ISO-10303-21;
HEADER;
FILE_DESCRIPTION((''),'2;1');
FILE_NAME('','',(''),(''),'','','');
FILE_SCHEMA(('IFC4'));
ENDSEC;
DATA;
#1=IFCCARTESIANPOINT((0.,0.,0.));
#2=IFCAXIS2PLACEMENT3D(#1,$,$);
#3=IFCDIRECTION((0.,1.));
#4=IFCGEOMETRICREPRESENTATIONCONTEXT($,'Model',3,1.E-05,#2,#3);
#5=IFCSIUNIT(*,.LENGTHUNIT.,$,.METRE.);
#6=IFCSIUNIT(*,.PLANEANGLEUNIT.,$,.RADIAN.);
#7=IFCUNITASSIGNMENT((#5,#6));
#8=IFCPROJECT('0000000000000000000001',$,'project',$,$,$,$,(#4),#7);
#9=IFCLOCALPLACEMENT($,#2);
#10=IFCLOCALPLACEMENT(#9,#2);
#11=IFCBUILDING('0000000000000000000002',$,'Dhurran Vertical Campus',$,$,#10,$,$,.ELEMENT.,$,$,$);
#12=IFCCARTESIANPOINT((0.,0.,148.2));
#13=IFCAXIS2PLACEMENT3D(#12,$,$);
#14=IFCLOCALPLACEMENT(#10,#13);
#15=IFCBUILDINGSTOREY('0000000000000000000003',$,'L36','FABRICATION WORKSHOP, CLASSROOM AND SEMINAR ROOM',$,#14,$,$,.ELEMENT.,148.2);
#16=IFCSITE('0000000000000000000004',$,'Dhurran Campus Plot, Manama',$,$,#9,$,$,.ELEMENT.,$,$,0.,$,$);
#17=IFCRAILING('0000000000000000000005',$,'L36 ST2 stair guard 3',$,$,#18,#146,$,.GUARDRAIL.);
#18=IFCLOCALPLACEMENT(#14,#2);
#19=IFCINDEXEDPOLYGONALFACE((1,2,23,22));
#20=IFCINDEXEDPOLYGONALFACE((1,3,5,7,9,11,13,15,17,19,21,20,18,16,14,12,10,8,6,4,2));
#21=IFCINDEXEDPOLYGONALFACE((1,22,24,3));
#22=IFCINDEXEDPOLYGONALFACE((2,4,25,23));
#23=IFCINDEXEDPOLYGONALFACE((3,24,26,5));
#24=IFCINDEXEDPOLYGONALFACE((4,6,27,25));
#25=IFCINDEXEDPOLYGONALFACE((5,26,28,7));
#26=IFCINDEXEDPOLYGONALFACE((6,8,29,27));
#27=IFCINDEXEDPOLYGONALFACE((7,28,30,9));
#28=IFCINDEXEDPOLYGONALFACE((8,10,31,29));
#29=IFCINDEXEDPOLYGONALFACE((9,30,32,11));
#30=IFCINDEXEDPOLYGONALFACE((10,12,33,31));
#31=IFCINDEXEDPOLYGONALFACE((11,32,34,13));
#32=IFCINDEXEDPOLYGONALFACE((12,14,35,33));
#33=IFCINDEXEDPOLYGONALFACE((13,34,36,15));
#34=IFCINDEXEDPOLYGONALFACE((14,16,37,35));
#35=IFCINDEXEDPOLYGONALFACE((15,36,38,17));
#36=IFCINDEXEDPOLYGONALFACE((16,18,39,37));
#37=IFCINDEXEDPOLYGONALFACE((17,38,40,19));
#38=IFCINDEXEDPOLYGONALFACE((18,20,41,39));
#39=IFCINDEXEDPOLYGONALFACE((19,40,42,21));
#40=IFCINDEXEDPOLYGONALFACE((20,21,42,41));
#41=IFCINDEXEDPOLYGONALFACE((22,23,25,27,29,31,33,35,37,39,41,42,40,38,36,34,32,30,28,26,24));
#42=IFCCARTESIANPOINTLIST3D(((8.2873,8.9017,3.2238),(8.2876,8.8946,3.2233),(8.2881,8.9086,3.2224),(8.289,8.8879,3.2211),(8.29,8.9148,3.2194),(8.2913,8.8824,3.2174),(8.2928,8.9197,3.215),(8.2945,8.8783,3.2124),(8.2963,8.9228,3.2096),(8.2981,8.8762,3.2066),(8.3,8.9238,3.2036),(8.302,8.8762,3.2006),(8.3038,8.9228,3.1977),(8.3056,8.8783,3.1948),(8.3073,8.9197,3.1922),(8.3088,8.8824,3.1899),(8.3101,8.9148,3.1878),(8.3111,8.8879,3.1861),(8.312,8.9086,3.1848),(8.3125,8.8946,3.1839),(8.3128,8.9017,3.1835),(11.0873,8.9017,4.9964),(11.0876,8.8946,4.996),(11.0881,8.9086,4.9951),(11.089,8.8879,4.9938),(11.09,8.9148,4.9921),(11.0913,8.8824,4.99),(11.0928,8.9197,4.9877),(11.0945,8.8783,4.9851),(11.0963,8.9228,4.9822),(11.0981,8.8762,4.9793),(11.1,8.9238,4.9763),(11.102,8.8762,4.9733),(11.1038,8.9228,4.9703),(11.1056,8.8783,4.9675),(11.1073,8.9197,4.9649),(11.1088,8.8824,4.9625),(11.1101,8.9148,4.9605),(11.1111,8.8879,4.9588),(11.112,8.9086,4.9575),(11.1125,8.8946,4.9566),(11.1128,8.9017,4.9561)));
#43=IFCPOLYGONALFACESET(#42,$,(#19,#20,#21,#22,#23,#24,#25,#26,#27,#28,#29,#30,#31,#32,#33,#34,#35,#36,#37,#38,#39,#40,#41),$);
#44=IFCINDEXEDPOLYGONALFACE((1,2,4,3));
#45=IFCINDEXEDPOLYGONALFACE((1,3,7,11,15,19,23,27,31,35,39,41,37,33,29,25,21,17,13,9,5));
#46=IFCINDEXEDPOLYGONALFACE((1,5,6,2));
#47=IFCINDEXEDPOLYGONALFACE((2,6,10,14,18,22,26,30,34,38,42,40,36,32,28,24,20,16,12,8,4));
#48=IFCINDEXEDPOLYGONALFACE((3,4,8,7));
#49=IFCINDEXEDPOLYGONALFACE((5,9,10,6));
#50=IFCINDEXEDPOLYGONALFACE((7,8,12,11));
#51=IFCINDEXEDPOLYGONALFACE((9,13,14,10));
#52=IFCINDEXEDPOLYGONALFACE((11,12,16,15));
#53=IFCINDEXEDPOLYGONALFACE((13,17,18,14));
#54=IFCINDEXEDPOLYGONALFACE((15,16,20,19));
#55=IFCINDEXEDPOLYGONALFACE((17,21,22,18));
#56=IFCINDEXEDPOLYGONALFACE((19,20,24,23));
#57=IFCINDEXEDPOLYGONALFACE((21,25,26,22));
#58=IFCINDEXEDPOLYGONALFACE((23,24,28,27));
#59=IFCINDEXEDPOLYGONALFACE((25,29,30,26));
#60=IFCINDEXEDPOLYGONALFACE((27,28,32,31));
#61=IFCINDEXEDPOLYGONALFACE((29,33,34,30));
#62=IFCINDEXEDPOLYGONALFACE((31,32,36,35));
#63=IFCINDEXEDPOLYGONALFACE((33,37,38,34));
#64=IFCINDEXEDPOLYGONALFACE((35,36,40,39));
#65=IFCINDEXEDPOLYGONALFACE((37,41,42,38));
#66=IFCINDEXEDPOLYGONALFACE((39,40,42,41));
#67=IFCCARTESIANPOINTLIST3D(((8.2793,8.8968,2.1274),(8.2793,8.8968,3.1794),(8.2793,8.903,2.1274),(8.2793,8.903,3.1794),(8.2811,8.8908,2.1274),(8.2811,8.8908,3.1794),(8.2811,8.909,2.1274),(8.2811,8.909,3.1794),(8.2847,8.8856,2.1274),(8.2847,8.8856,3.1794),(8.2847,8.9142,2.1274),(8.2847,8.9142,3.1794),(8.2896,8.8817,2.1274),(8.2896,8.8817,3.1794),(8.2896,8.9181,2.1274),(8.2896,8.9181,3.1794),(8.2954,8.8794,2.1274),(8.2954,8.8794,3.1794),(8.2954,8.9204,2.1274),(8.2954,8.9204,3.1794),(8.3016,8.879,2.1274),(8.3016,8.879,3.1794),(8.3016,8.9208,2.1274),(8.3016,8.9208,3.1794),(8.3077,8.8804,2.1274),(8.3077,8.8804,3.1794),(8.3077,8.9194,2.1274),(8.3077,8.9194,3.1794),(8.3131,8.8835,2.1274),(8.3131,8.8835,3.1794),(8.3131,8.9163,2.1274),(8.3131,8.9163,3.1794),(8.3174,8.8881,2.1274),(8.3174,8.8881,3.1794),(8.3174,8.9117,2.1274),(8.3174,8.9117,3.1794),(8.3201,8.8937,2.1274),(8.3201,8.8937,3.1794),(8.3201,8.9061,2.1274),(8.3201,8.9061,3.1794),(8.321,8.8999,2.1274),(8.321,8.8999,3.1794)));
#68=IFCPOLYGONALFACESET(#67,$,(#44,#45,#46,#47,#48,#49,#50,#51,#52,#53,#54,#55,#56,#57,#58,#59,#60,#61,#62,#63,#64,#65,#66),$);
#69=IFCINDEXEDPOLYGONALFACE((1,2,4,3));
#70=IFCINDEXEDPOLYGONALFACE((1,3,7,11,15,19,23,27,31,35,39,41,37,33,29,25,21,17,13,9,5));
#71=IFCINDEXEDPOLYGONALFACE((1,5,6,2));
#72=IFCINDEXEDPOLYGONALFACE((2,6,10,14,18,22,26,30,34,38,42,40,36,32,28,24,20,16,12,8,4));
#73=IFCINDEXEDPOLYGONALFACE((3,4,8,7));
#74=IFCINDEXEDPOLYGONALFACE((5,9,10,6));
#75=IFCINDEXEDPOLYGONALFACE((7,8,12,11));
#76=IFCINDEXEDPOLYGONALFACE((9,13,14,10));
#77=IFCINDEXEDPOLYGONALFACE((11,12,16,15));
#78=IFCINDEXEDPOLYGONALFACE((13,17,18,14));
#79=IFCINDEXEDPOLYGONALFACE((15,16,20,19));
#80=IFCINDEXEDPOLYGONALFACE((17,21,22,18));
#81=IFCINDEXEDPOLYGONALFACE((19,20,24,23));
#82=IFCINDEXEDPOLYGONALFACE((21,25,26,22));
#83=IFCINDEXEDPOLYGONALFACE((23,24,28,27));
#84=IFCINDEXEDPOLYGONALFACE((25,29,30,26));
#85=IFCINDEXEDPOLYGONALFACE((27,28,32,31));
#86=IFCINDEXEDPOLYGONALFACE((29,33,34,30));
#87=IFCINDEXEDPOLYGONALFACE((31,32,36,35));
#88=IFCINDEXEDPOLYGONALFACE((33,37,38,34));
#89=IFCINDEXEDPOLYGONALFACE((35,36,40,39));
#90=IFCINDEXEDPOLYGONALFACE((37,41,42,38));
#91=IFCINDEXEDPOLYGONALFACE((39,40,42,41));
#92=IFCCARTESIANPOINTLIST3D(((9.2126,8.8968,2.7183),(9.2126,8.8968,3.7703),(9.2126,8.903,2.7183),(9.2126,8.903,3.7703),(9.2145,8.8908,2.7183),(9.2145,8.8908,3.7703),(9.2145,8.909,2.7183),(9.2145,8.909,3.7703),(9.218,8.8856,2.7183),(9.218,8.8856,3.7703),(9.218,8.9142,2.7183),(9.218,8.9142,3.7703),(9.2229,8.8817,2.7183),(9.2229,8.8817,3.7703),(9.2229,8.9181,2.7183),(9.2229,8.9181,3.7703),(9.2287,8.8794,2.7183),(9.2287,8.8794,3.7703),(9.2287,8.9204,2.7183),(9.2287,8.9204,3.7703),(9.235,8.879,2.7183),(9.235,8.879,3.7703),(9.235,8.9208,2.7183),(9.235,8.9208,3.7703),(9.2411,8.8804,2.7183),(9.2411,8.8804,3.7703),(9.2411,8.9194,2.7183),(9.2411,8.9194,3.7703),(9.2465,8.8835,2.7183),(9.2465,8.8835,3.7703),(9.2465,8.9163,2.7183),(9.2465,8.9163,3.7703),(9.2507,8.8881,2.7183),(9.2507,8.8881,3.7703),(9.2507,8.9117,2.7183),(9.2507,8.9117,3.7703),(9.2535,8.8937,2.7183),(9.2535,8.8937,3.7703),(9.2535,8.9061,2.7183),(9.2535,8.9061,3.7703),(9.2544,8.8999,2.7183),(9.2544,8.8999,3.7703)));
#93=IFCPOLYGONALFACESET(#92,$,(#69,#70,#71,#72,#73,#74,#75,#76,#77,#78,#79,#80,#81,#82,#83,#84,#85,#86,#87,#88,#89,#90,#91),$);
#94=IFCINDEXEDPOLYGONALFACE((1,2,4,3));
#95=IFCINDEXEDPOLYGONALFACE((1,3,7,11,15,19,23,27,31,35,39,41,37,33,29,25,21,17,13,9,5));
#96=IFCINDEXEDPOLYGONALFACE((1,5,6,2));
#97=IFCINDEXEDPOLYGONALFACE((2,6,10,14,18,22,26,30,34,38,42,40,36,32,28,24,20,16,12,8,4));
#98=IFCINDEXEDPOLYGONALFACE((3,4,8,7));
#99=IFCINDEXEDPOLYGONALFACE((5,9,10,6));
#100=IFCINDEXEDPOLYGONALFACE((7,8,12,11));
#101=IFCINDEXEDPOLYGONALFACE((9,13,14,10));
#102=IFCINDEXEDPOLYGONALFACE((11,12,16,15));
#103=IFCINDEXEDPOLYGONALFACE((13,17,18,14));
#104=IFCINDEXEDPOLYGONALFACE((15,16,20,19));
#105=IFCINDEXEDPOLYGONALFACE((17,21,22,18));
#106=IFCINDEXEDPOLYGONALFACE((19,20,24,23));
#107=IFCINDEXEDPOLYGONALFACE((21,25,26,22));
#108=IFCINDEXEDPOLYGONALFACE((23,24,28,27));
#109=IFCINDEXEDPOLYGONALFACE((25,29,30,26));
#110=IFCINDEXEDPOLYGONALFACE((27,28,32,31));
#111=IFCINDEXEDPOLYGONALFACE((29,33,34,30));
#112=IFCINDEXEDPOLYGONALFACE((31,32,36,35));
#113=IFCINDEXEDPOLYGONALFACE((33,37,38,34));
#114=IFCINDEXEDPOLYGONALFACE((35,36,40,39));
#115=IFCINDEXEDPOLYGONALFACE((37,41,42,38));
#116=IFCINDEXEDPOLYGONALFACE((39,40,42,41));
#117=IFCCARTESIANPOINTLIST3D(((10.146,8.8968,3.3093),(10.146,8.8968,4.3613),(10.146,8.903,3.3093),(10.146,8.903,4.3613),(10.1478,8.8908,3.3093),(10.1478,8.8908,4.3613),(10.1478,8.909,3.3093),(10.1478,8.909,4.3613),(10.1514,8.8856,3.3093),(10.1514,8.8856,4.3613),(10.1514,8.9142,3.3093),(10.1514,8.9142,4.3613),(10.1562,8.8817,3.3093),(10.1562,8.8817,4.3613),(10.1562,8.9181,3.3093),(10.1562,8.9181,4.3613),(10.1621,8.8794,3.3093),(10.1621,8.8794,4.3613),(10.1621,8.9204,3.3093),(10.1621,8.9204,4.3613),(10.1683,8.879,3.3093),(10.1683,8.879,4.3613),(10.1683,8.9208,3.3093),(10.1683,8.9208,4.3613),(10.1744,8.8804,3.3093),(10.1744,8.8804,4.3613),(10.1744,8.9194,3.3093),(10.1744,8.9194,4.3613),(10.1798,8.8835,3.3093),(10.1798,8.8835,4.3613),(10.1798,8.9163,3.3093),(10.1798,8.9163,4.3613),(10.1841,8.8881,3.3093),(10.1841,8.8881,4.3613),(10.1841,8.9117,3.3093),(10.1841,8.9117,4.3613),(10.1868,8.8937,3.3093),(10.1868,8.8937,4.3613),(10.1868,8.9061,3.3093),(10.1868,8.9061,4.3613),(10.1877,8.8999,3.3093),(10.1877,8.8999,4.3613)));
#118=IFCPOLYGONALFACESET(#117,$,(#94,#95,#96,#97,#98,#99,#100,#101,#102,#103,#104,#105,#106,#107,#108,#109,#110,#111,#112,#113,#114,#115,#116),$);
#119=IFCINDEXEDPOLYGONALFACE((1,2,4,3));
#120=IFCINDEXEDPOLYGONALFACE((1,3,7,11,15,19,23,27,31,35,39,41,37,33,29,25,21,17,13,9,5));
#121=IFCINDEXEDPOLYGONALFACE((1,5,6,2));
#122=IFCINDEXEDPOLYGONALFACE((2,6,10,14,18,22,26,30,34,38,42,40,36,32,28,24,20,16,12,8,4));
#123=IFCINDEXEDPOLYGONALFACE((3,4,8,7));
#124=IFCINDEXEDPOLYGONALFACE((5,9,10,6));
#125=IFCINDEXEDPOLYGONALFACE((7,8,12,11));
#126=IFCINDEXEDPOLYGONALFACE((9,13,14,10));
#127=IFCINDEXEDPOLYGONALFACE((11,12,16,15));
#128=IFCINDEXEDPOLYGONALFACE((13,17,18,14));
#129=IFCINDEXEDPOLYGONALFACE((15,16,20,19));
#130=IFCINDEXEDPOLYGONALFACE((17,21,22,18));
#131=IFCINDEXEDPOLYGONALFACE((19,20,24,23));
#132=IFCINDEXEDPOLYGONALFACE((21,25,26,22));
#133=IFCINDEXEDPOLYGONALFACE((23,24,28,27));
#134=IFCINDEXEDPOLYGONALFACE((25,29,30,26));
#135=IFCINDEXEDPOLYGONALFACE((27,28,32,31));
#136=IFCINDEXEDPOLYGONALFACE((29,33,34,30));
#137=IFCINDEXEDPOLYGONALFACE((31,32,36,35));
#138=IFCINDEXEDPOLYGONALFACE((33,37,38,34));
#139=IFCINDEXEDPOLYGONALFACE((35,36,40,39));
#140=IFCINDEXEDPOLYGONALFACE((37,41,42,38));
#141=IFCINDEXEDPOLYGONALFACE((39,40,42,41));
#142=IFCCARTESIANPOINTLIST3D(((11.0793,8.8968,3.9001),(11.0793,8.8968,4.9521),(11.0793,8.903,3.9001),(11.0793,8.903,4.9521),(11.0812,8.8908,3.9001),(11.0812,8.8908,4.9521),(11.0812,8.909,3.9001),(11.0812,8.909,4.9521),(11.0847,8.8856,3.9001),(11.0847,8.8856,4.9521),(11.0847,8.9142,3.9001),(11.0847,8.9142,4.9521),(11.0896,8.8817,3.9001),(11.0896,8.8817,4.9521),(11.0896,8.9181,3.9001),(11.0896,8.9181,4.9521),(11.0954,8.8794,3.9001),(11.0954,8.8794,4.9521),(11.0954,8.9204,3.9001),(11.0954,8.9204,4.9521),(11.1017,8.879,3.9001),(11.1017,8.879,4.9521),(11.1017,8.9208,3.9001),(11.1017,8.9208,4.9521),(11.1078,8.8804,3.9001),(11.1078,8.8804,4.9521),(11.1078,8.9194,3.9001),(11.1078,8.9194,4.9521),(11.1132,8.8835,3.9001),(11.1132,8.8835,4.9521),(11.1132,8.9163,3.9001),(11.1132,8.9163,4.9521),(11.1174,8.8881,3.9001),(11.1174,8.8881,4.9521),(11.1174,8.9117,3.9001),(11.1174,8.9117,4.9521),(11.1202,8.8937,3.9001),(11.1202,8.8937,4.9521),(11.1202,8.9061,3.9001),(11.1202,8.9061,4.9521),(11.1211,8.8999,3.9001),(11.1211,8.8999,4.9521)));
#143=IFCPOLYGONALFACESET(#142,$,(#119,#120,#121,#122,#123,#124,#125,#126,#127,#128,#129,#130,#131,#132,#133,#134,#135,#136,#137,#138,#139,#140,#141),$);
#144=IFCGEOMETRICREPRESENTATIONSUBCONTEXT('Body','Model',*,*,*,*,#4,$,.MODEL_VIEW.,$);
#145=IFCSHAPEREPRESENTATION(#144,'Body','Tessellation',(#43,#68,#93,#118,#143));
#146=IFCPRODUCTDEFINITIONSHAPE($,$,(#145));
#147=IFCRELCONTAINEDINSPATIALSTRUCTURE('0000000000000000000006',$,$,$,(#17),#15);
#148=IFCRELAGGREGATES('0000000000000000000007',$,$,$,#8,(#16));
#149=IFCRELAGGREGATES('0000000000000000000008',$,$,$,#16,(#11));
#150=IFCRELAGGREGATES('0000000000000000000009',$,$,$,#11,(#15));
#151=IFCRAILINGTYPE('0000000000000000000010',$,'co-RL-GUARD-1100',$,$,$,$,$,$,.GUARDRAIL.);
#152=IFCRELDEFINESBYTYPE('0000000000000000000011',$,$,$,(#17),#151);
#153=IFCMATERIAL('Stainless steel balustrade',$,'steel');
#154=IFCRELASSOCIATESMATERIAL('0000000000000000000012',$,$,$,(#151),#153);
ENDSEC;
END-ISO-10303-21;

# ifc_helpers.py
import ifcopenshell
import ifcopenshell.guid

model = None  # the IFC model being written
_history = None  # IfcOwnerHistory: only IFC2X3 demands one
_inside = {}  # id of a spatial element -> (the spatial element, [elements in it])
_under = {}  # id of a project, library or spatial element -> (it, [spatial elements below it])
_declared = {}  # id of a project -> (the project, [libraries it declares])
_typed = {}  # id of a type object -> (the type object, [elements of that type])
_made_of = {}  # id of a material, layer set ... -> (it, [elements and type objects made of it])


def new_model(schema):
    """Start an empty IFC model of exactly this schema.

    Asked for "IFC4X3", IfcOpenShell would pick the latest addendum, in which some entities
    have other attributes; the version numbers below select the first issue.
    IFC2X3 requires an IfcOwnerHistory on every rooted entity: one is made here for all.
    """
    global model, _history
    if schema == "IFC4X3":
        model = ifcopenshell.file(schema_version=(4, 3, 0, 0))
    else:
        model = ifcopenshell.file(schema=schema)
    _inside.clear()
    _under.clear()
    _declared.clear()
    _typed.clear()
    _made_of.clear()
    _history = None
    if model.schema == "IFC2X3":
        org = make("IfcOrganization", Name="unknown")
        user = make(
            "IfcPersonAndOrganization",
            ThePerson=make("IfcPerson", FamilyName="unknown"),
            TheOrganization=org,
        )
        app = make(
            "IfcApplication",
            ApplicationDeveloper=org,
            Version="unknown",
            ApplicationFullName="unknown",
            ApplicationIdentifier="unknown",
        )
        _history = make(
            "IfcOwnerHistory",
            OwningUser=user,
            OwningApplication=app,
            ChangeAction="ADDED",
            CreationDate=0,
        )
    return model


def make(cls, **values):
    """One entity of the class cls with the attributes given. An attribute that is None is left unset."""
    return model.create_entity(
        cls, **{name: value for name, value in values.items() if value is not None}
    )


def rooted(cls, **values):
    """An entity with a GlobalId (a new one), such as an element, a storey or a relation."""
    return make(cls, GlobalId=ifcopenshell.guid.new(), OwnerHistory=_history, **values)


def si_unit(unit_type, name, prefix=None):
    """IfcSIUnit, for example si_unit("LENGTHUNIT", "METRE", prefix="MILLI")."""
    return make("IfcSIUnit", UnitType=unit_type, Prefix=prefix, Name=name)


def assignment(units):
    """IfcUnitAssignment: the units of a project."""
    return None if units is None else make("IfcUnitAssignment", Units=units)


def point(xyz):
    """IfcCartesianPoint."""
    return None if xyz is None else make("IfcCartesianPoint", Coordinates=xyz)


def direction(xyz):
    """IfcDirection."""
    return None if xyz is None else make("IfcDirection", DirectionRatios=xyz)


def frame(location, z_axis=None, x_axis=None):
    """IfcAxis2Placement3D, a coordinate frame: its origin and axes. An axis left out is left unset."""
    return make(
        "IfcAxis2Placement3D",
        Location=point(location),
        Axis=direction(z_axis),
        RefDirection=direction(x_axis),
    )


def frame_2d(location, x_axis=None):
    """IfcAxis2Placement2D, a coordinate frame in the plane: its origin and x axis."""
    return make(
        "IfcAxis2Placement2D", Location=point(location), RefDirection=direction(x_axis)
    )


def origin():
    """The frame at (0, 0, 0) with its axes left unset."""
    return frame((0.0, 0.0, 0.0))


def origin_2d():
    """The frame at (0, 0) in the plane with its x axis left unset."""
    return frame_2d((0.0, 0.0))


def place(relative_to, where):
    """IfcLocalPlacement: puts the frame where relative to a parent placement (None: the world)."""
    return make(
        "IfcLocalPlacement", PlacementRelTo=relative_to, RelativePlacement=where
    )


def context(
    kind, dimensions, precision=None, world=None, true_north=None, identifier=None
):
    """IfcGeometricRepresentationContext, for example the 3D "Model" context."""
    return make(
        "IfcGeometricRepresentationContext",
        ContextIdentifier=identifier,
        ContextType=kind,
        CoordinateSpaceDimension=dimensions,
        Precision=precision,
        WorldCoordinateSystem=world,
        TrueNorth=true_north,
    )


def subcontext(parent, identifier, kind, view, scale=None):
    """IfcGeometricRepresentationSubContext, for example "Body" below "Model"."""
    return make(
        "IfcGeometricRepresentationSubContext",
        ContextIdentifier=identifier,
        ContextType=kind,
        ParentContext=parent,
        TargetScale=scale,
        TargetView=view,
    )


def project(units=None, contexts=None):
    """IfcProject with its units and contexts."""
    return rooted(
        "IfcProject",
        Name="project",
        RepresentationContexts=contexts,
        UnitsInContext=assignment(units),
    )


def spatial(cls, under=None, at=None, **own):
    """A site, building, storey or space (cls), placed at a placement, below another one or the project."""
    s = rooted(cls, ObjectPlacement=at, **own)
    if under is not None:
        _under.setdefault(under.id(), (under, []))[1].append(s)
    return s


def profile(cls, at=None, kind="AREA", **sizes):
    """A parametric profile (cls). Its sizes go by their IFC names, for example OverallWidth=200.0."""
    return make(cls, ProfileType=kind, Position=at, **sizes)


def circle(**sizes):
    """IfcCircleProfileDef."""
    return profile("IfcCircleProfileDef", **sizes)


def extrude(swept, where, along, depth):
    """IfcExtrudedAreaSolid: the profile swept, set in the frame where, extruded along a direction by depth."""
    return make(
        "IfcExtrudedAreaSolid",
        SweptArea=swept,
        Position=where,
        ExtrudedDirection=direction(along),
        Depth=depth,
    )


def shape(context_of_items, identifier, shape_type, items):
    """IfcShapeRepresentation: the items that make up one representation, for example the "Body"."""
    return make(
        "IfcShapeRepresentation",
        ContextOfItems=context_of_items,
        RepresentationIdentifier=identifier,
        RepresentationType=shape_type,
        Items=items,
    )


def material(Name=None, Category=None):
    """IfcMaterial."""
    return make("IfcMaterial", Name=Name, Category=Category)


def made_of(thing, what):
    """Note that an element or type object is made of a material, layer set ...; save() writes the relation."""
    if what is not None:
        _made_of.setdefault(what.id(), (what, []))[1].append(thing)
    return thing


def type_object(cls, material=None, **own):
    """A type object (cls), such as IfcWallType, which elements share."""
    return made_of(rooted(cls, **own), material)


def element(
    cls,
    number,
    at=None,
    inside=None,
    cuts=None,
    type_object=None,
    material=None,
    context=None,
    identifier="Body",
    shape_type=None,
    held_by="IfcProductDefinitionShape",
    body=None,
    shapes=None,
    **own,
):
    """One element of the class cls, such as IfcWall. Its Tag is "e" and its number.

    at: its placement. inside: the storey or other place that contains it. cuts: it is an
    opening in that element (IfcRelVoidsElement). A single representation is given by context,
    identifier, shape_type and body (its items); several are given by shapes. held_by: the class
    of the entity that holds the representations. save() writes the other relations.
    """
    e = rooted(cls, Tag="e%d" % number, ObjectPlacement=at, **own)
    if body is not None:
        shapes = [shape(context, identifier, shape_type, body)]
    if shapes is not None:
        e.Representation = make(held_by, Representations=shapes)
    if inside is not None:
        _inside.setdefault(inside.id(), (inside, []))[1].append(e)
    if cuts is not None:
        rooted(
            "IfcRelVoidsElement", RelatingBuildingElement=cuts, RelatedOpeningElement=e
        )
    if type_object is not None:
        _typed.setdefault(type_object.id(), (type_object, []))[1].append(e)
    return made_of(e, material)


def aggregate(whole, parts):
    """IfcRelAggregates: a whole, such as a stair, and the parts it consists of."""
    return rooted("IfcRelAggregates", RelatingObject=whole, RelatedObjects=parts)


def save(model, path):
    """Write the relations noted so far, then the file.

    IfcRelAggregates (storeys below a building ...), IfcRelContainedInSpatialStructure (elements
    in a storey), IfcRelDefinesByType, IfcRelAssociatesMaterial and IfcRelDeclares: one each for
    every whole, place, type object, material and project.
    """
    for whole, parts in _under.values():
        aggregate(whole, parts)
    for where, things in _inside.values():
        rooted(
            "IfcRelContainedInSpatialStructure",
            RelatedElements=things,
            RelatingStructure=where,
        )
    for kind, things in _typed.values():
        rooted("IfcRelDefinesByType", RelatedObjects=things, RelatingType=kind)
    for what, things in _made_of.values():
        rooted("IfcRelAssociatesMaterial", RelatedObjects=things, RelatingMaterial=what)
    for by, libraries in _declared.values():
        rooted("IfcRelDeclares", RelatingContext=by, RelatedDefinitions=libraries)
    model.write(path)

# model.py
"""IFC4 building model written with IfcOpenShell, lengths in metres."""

from ifc_helpers import new_model, si_unit, direction, frame, origin, origin_2d, place, context, subcontext, project, spatial, circle, extrude, material, type_object, element, save


model = new_model("IFC4")

# Units and contexts
model_context = context("Model", 3, precision=1e-05, world=origin(), true_north=direction((0.0, 1.0)))
body_context = subcontext(model_context, "Body", "Model", "MODEL_VIEW")
ifc_project = project(units=[si_unit("LENGTHUNIT", "METRE"), si_unit("PLANEANGLEUNIT", "RADIAN")], contexts=[model_context])

# Site, building, storey
site_placement = place(None, origin())
site = spatial("IfcSite", under=ifc_project, at=site_placement, Name="Dhurran Campus Plot, Manama", CompositionType="ELEMENT", RefElevation=0.0)
building_placement = place(site_placement, origin())
building = spatial("IfcBuilding", under=site, at=building_placement, Name="Dhurran Vertical Campus", CompositionType="ELEMENT")
storey_placement = place(building_placement, frame((0.0, 0.0, 148.2)))
storey = spatial("IfcBuildingStorey", under=building, at=storey_placement, Name="L36", Description="FABRICATION WORKSHOP, CLASSROOM AND SEMINAR ROOM", CompositionType="ELEMENT", Elevation=148.2)

# Railing
ifc_material_1 = material(Name="Stainless steel balustrade", Category="steel")
railing_type_1 = type_object("IfcRailingType", Name="co-RL-GUARD-1100", PredefinedType="GUARDRAIL", material=ifc_material_1)
railing_1_placement = place(storey_placement, frame((8.3, 8.8999, 2.1274)))
element("IfcRailing", 1, at=railing_1_placement, inside=storey, type_object=railing_type_1, Name="L36 ST2 stair guard 3", PredefinedType="GUARDRAIL", context=body_context, shape_type="SweptSolid", body=[
    extrude(circle(Radius=0.0239, at=origin_2d()), frame((0.0, 0.0, 1.0762), z_axis=(0.844909, 0.0, 0.53491), x_axis=(0.0, 1.0, 0.0)), (0.0, 0.0, 1.0), 3.314),
    extrude(circle(Radius=0.021, at=origin_2d()), origin(), (0.0, 0.0, 1.0), 1.052),
    extrude(circle(Radius=0.021, at=origin_2d()), frame((0.9333, 0.0, 0.5908)), (0.0, 0.0, 1.0), 1.052),
    extrude(circle(Radius=0.021, at=origin_2d()), frame((1.8667, 0.0, 1.1819)), (0.0, 0.0, 1.0), 1.052),
    extrude(circle(Radius=0.021, at=origin_2d()), frame((2.8, 0.0, 1.7727)), (0.0, 0.0, 1.0), 1.052),
])

save(model, "model.ifc")
